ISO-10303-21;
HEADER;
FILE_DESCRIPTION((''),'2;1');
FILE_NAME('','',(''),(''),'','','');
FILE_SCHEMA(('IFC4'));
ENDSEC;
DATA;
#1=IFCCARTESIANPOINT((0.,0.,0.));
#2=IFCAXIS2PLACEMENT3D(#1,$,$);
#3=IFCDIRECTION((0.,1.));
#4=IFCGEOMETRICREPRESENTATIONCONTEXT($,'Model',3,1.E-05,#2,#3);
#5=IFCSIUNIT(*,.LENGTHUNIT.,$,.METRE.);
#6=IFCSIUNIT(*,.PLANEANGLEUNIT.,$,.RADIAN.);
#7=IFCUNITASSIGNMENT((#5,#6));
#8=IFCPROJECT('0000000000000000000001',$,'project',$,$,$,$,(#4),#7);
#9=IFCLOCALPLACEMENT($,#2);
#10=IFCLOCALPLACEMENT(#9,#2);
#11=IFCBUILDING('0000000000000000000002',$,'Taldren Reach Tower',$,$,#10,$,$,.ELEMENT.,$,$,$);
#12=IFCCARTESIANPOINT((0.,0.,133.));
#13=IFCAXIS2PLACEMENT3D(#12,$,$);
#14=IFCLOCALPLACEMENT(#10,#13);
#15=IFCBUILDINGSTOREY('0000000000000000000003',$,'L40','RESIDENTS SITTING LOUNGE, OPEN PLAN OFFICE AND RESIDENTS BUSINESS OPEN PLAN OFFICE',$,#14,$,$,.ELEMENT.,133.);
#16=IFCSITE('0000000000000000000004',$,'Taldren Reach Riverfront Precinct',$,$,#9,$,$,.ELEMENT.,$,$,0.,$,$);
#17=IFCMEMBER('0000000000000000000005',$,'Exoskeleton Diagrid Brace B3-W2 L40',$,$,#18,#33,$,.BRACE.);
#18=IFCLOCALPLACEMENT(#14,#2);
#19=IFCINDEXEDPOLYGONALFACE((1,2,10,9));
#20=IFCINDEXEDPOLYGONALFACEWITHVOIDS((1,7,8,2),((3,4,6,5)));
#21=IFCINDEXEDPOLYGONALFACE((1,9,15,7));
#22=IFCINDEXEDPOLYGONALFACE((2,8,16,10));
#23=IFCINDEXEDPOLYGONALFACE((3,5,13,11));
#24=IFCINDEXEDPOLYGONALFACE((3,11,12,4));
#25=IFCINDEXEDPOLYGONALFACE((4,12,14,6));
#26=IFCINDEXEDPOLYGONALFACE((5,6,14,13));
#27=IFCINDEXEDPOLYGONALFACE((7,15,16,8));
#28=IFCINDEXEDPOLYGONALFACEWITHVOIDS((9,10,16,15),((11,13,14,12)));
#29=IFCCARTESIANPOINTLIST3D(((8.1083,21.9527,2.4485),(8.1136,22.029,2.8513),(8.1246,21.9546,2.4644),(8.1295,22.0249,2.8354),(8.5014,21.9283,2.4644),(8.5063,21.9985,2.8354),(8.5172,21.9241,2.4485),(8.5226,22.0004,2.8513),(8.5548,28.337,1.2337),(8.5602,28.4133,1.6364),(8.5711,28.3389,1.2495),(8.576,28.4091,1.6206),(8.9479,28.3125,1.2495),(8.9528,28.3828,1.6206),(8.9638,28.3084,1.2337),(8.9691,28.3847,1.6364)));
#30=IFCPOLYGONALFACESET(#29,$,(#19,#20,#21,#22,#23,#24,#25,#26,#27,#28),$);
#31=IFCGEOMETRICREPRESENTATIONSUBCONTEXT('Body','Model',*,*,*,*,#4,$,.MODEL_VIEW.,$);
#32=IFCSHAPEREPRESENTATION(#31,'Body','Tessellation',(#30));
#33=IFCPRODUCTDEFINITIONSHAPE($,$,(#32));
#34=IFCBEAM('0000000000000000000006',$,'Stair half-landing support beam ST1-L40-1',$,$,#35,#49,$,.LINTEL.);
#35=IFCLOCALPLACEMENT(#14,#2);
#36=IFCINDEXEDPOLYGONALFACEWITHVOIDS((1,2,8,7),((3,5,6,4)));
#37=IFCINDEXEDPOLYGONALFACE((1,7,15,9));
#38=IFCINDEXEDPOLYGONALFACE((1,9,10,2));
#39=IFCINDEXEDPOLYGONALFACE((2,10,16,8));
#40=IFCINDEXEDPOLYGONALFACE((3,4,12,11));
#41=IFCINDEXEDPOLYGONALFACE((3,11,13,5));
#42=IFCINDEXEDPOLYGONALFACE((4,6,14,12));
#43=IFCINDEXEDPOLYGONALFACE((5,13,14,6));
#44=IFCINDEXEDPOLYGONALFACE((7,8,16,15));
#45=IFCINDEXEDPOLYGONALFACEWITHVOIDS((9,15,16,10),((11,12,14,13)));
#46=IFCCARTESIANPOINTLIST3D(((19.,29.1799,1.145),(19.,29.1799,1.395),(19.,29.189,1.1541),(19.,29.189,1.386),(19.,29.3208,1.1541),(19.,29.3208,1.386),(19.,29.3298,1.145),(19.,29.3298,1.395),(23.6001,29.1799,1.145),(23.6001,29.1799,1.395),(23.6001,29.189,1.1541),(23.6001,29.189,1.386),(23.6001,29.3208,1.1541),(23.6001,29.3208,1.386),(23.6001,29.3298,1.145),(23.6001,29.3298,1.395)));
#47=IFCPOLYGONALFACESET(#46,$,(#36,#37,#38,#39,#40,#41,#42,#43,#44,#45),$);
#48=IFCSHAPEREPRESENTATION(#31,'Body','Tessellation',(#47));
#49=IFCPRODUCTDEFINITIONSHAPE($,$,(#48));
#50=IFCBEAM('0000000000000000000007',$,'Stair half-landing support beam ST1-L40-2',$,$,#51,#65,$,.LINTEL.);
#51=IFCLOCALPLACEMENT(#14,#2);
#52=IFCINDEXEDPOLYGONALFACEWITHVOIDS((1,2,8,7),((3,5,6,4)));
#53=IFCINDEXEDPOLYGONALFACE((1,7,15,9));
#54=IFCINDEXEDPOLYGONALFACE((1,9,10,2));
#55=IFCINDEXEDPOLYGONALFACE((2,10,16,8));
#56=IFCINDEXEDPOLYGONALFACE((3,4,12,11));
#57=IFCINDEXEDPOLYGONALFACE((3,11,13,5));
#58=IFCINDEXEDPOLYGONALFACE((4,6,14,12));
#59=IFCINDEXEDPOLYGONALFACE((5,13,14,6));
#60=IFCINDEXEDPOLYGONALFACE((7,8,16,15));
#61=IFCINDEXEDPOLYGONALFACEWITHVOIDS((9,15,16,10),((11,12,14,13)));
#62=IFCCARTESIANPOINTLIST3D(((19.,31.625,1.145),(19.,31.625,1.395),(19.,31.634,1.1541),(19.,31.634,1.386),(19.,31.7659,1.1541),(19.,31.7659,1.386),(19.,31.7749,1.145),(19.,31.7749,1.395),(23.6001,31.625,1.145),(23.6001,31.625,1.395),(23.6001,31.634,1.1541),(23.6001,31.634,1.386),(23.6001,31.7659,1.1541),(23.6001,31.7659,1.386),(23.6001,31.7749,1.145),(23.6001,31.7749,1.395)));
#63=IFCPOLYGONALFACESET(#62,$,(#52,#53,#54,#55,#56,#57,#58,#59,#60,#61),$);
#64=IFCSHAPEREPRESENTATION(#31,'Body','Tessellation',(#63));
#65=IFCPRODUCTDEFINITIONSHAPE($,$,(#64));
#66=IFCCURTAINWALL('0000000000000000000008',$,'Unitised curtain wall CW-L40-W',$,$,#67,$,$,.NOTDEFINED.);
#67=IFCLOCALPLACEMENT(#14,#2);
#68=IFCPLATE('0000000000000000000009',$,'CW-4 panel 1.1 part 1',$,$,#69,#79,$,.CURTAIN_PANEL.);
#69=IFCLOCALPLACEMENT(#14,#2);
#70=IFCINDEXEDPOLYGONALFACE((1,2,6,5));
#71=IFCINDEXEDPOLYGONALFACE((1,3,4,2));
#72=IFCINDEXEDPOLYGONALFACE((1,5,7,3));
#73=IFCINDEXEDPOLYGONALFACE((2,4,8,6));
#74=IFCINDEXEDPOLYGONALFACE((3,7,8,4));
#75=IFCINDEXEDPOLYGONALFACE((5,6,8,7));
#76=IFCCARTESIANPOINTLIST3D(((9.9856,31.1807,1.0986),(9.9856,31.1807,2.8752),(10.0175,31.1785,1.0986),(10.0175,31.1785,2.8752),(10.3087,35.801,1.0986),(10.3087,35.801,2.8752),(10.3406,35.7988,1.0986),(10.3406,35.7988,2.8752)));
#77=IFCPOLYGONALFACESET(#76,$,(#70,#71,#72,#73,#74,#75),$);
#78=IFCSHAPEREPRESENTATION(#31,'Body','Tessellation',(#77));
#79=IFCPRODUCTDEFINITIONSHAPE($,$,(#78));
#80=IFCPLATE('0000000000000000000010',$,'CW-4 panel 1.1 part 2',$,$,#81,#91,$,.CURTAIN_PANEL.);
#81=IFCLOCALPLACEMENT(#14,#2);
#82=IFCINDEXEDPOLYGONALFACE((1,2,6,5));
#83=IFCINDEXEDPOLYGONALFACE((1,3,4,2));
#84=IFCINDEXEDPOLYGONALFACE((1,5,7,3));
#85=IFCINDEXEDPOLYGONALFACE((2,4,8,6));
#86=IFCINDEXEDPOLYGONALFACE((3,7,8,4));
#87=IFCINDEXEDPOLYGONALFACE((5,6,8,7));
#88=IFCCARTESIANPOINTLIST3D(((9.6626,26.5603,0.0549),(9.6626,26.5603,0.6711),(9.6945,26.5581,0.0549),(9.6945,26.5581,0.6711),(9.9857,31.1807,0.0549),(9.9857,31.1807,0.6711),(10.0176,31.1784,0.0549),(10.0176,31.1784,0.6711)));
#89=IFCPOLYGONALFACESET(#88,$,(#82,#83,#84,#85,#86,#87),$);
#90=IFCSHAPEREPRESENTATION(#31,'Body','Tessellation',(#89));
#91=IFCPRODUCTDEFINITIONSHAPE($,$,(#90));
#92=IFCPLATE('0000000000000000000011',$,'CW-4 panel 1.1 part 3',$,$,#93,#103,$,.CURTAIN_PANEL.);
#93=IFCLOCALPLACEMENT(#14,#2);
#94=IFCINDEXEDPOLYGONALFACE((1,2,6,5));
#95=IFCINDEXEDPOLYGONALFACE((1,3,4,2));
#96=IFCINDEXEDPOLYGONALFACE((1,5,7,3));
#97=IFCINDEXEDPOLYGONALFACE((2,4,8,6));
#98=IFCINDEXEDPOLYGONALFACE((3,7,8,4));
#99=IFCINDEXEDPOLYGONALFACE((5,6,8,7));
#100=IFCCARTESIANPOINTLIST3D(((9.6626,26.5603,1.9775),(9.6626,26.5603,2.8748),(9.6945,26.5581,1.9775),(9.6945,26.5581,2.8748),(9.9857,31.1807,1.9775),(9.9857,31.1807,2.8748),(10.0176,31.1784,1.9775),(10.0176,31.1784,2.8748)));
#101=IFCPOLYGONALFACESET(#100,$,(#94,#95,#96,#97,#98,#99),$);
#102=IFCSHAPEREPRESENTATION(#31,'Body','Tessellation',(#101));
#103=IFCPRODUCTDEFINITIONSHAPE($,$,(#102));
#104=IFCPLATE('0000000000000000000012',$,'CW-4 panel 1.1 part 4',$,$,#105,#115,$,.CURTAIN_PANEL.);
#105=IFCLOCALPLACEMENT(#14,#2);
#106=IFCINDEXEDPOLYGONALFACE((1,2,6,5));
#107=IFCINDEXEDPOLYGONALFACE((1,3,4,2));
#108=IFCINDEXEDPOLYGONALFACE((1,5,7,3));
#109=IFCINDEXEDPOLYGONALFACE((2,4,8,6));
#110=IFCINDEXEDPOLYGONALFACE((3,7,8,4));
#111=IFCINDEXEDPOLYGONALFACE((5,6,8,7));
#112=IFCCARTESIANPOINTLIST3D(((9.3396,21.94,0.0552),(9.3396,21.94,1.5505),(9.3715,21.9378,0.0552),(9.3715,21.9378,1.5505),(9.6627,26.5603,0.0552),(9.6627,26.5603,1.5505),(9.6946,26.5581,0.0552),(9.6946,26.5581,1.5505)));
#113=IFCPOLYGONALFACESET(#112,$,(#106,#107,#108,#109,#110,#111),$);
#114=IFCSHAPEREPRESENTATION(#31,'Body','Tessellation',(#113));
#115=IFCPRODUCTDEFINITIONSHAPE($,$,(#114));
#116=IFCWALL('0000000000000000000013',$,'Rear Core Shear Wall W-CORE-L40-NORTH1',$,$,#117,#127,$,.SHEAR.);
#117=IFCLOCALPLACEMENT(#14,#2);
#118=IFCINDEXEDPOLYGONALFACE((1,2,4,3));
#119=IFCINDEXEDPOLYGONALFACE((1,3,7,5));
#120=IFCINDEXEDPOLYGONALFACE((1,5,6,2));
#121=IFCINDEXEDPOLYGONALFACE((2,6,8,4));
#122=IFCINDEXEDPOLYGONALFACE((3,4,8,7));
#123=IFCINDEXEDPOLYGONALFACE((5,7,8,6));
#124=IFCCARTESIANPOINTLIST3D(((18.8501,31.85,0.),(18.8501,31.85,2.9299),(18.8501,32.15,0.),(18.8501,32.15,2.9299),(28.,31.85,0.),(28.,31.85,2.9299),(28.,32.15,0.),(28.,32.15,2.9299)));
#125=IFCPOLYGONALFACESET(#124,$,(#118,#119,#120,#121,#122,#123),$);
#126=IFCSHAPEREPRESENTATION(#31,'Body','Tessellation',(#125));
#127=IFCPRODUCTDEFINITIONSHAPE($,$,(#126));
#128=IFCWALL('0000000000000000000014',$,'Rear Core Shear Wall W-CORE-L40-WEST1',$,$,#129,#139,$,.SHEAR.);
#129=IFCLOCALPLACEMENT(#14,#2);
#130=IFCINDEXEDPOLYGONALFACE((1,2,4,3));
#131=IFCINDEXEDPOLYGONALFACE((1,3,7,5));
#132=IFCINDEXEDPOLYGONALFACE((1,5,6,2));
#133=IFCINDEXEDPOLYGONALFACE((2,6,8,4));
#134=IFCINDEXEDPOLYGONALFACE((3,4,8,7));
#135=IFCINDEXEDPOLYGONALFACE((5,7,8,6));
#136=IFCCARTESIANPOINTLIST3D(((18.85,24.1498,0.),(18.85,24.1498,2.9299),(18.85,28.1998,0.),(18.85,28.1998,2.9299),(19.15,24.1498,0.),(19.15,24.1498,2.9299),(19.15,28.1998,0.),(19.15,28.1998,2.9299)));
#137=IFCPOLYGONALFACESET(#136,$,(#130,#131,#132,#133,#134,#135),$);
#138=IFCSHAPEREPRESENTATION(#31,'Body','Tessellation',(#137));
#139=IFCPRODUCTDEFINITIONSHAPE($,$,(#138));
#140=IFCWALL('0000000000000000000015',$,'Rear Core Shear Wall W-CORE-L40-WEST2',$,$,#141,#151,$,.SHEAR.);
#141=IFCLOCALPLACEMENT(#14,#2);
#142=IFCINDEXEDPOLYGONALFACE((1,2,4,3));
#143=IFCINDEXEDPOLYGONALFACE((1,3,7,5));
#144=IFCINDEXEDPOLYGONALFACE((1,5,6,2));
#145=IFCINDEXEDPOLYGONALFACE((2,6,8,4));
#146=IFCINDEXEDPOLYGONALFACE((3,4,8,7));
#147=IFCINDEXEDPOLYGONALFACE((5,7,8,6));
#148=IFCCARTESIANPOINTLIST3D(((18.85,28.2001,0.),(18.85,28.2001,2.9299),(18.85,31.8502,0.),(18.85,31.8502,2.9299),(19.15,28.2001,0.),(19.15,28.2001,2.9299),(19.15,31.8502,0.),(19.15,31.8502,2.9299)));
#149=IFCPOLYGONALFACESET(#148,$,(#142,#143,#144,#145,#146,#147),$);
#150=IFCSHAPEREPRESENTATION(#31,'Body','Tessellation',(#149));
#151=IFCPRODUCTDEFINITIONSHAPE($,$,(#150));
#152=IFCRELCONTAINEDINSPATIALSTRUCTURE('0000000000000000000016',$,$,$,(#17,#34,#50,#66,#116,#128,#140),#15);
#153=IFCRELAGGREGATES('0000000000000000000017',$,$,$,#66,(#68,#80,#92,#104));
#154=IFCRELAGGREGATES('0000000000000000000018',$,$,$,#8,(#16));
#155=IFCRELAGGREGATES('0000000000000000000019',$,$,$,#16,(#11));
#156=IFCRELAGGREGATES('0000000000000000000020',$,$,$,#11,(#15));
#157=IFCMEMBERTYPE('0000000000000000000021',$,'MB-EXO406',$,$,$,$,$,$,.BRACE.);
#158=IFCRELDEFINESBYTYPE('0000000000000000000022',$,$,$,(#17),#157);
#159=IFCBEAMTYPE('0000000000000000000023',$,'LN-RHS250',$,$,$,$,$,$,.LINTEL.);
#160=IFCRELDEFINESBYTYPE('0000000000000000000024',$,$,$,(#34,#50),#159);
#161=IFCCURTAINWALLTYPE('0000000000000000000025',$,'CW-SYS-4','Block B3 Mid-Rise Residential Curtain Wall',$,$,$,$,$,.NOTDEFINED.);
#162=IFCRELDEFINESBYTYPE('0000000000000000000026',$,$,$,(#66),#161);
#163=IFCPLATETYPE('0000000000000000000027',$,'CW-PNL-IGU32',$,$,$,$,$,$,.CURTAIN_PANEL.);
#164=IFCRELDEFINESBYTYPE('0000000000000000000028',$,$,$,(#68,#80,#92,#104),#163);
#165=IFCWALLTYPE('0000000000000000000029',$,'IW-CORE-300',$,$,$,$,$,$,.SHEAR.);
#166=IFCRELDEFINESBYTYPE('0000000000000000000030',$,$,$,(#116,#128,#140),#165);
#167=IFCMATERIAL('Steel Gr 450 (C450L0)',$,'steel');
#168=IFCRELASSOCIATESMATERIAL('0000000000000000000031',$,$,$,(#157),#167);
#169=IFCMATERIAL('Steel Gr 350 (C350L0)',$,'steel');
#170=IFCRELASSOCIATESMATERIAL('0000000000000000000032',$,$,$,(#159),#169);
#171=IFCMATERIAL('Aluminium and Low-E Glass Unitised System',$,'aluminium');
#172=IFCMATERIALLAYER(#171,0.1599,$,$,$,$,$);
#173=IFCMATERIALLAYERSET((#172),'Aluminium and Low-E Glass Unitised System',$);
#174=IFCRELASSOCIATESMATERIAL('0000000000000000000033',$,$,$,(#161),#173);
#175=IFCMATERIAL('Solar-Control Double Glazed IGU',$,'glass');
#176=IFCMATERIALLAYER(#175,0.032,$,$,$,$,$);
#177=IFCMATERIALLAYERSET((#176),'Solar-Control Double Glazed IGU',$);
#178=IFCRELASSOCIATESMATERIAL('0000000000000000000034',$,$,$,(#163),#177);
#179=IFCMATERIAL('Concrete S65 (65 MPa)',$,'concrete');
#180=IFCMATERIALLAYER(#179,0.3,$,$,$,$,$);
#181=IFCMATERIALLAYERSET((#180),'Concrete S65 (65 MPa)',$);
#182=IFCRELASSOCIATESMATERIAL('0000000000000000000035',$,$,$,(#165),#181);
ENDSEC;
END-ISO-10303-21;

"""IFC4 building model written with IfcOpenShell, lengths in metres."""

from ifc_helpers import new_model, si_unit, direction, frame, frame_2d, origin, origin_2d, place, context, subcontext, project, spatial, rectangle, hollow_rectangle, extrude, source, transform, mapped, material, layer, layer_set, material_profile, profile_set, type_object, element, aggregate, save


model = new_model("IFC4")

# Units and contexts
model_context = context("Model", 3, precision=1e-05, world=origin(), true_north=direction((0.0, 1.0)))
body_context = subcontext(model_context, "Body", "Model", "MODEL_VIEW")
ifc_project = project(units=[si_unit("LENGTHUNIT", "METRE"), si_unit("PLANEANGLEUNIT", "RADIAN")], contexts=[model_context])

# Site, building, storey
site_placement = place(None, origin())
site = spatial("IfcSite", under=ifc_project, at=site_placement, Name="Taldren Reach Riverfront Precinct", CompositionType="ELEMENT", RefElevation=0.0)
building_placement = place(site_placement, origin())
building = spatial("IfcBuilding", under=site, at=building_placement, Name="Taldren Reach Tower", CompositionType="ELEMENT")
storey_placement = place(building_placement, frame((0.0, 0.0, 133.0)))
storey = spatial("IfcBuildingStorey", under=building, at=storey_placement, Name="L40", Description="RESIDENTS SITTING LOUNGE, OPEN PLAN OFFICE AND RESIDENTS BUSINESS OPEN PLAN OFFICE", CompositionType="ELEMENT", Elevation=133.0)

# Shared definitions
ifc_material_1 = material(Name="Steel Gr 450 (C450L0)", Category="steel")

# Member
ifc_material_profile_1 = material_profile(ifc_material_1, hollow_rectangle(XDim=0.4099, YDim=0.4099, WallThickness=0.0161, at=origin_2d()), Name="410x410x16.0SHS")
ifc_profile_set_1 = profile_set([ifc_material_profile_1], Name="Steel Gr 450 (C450L0)")
member_type_1 = type_object("IfcMemberType", Name="MB-EXO406", PredefinedType="BRACE", material=ifc_profile_set_1)
shared_shape_1 = source(origin(), body_context, "Body", "SweptSolid", [
    extrude(hollow_rectangle(XDim=0.4099, YDim=0.4099, WallThickness=0.0161, at=origin_2d()), origin(), (0.0, 0.0, 1.0), 6.5142),
])
member_1_placement = place(storey_placement, frame((8.762, 28.3608, 1.4351), z_axis=(-0.068548, -0.980062, 0.186493), x_axis=(0.997563, -0.069772, 0.0)))
element("IfcMember", 1, at=member_1_placement, inside=storey, type_object=member_type_1, Name="Exoskeleton Diagrid Brace B3-W2 L40", PredefinedType="BRACE", context=body_context, shape_type="MappedRepresentation", body=[
    mapped(shared_shape_1, transform((0.0, 0.0, 0.0), scale=1.0)),
])

# Beams
ifc_material_2 = material(Name="Steel Gr 350 (C350L0)", Category="steel")
ifc_material_profile_2 = material_profile(ifc_material_2, hollow_rectangle(XDim=0.1499, YDim=0.25, WallThickness=0.009, at=origin_2d()), Name="250x150x9.0RHS")
ifc_profile_set_2 = profile_set([ifc_material_profile_2], Name="Steel Gr 350 (C350L0)")
beam_type_1 = type_object("IfcBeamType", Name="LN-RHS250", PredefinedType="LINTEL", material=ifc_profile_set_2)
shared_shape_2 = source(origin(), body_context, "Body", "SweptSolid", [
    extrude(hollow_rectangle(XDim=0.1499, YDim=0.25, WallThickness=0.009, at=origin_2d()), origin(), (0.0, 0.0, 1.0), 4.6001),
])
for number, where, z_axis, x_axis, name in (
    (2, (19.0, 29.2549, 1.27), (1.0, 0.0, 0.0), (0.0, 1.0, 0.0), "Stair half-landing support beam ST1-L40-1"),
    (3, (19.0, 31.7, 1.27), (1.0, 0.0, 0.0), (0.0, 1.0, 0.0), "Stair half-landing support beam ST1-L40-2"),
):
    element("IfcBeam", number, at=place(storey_placement, frame(where, z_axis=z_axis, x_axis=x_axis)), inside=storey, type_object=beam_type_1, Name=name, PredefinedType="LINTEL", context=body_context, shape_type="MappedRepresentation", body=[
        mapped(shared_shape_2, transform((0.0, 0.0, 0.0), scale=1.0)),
    ])

# Curtain wall, plates
ifc_material_3 = material(Name="Aluminium and Low-E Glass Unitised System", Category="aluminium")
ifc_layer_1 = layer(ifc_material_3, 0.1599)
ifc_layer_set_1 = layer_set([ifc_layer_1], Name="Aluminium and Low-E Glass Unitised System")
curtain_wall_type = type_object("IfcCurtainWallType", Name="CW-SYS-4", Description="Block B3 Mid-Rise Residential Curtain Wall", PredefinedType="NOTDEFINED", material=ifc_layer_set_1)
curtain_wall_placement = place(storey_placement, origin())
curtain_wall = element("IfcCurtainWall", 4, at=curtain_wall_placement, inside=storey, type_object=curtain_wall_type, Name="Unitised curtain wall CW-L40-W", PredefinedType="NOTDEFINED")
ifc_material_4 = material(Name="Solar-Control Double Glazed IGU", Category="glass")
ifc_layer_2 = layer(ifc_material_4, 0.032)
ifc_layer_set_2 = layer_set([ifc_layer_2], Name="Solar-Control Double Glazed IGU")
plate_type = type_object("IfcPlateType", Name="CW-PNL-IGU32", PredefinedType="CURTAIN_PANEL", material=ifc_layer_set_2)
shared_shape_3 = source(origin(), body_context, "Body", "SweptSolid", [
    extrude(rectangle(XDim=4.6316, YDim=0.032, at=origin_2d()), origin(), (0.0, 0.0, 1.0), 1.7766),
])
plate_1_placement = place(storey_placement, frame((10.1631, 33.4897, 1.0986), z_axis=(0.0, 0.0, 1.0), x_axis=(-0.069756, -0.997564, 0.0)))
plate_1 = element("IfcPlate", 5, at=plate_1_placement, type_object=plate_type, Name="CW-4 panel 1.1 part 1", PredefinedType="CURTAIN_PANEL", context=body_context, shape_type="MappedRepresentation", body=[
    mapped(shared_shape_3, transform((0.0, 0.0, 0.0), scale=1.0)),
])
shared_shape_4 = source(origin(), body_context, "Body", "SweptSolid", [
    extrude(rectangle(XDim=4.6316, YDim=0.032, at=origin_2d()), origin(), (0.0, 0.0, 1.0), 0.6162),
])
plate_2_placement = place(storey_placement, frame((9.8401, 28.8694, 0.0549), z_axis=(0.0, 0.0, 1.0), x_axis=(-0.069756, -0.997564, 0.0)))
plate_2 = element("IfcPlate", 6, at=plate_2_placement, type_object=plate_type, Name="CW-4 panel 1.1 part 2", PredefinedType="CURTAIN_PANEL", context=body_context, shape_type="MappedRepresentation", body=[
    mapped(shared_shape_4, transform((0.0, 0.0, 0.0), scale=1.0)),
])
shared_shape_5 = source(origin(), body_context, "Body", "SweptSolid", [
    extrude(rectangle(XDim=4.6316, YDim=0.032, at=origin_2d()), origin(), (0.0, 0.0, 1.0), 0.8972),
])
plate_3_placement = place(storey_placement, frame((9.8401, 28.8694, 1.9775), z_axis=(0.0, 0.0, 1.0), x_axis=(-0.069756, -0.997564, 0.0)))
plate_3 = element("IfcPlate", 7, at=plate_3_placement, type_object=plate_type, Name="CW-4 panel 1.1 part 3", PredefinedType="CURTAIN_PANEL", context=body_context, shape_type="MappedRepresentation", body=[
    mapped(shared_shape_5, transform((0.0, 0.0, 0.0), scale=1.0)),
])
shared_shape_6 = source(origin(), body_context, "Body", "SweptSolid", [
    extrude(rectangle(XDim=4.6316, YDim=0.032, at=origin_2d()), origin(), (0.0, 0.0, 1.0), 1.4954),
])
plate_4_placement = place(storey_placement, frame((9.5171, 24.249, 0.0552), z_axis=(0.0, 0.0, 1.0), x_axis=(-0.069756, -0.997564, 0.0)))
plate_4 = element("IfcPlate", 8, at=plate_4_placement, type_object=plate_type, Name="CW-4 panel 1.1 part 4", PredefinedType="CURTAIN_PANEL", context=body_context, shape_type="MappedRepresentation", body=[
    mapped(shared_shape_6, transform((0.0, 0.0, 0.0), scale=1.0)),
])
aggregate(curtain_wall, [plate_1, plate_2, plate_3, plate_4])

# Walls
ifc_material_5 = material(Name="Concrete S65 (65 MPa)", Category="concrete")
ifc_layer_3 = layer(ifc_material_5, 0.3)
ifc_layer_set_3 = layer_set([ifc_layer_3], Name="Concrete S65 (65 MPa)")
wall_type = type_object("IfcWallType", Name="IW-CORE-300", PredefinedType="SHEAR", material=ifc_layer_set_3)
shared_shape_7 = source(origin(), body_context, "Body", "SweptSolid", [
    extrude(rectangle(XDim=9.1499, YDim=0.3, at=frame_2d((4.575, 0.0))), origin(), (0.0, 0.0, 1.0), 2.9299),
])
wall_1_placement = place(storey_placement, frame((18.8501, 32.0, 0.0), z_axis=(0.0, 0.0, 1.0), x_axis=(1.0, 0.0, 0.0)))
element("IfcWall", 9, at=wall_1_placement, inside=storey, type_object=wall_type, Name="Rear Core Shear Wall W-CORE-L40-NORTH1", PredefinedType="SHEAR", context=body_context, shape_type="MappedRepresentation", body=[
    mapped(shared_shape_7, transform((0.0, 0.0, 0.0), scale=1.0)),
])
shared_shape_8 = source(origin(), body_context, "Body", "SweptSolid", [
    extrude(rectangle(XDim=4.05, YDim=0.3, at=frame_2d((2.0249, 0.0))), origin(), (0.0, 0.0, 1.0), 2.9299),
])
wall_2_placement = place(storey_placement, frame((19.0, 24.1499, 0.0), z_axis=(0.0, 0.0, 1.0), x_axis=(0.0, 1.0, 0.0)))
element("IfcWall", 10, at=wall_2_placement, inside=storey, type_object=wall_type, Name="Rear Core Shear Wall W-CORE-L40-WEST1", PredefinedType="SHEAR", context=body_context, shape_type="MappedRepresentation", body=[
    mapped(shared_shape_8, transform((0.0, 0.0, 0.0), scale=1.0)),
])
shared_shape_9 = source(origin(), body_context, "Body", "SweptSolid", [
    extrude(rectangle(XDim=3.6501, YDim=0.3, at=frame_2d((1.8252, 0.0))), origin(), (0.0, 0.0, 1.0), 2.9299),
])
wall_3_placement = place(storey_placement, frame((19.0, 28.2, 0.0), z_axis=(0.0, 0.0, 1.0), x_axis=(0.0, 1.0, 0.0)))
element("IfcWall", 11, at=wall_3_placement, inside=storey, type_object=wall_type, Name="Rear Core Shear Wall W-CORE-L40-WEST2", PredefinedType="SHEAR", context=body_context, shape_type="MappedRepresentation", body=[
    mapped(shared_shape_9, transform((0.0, 0.0, 0.0), scale=1.0)),
])

save(model, "model.ifc")
